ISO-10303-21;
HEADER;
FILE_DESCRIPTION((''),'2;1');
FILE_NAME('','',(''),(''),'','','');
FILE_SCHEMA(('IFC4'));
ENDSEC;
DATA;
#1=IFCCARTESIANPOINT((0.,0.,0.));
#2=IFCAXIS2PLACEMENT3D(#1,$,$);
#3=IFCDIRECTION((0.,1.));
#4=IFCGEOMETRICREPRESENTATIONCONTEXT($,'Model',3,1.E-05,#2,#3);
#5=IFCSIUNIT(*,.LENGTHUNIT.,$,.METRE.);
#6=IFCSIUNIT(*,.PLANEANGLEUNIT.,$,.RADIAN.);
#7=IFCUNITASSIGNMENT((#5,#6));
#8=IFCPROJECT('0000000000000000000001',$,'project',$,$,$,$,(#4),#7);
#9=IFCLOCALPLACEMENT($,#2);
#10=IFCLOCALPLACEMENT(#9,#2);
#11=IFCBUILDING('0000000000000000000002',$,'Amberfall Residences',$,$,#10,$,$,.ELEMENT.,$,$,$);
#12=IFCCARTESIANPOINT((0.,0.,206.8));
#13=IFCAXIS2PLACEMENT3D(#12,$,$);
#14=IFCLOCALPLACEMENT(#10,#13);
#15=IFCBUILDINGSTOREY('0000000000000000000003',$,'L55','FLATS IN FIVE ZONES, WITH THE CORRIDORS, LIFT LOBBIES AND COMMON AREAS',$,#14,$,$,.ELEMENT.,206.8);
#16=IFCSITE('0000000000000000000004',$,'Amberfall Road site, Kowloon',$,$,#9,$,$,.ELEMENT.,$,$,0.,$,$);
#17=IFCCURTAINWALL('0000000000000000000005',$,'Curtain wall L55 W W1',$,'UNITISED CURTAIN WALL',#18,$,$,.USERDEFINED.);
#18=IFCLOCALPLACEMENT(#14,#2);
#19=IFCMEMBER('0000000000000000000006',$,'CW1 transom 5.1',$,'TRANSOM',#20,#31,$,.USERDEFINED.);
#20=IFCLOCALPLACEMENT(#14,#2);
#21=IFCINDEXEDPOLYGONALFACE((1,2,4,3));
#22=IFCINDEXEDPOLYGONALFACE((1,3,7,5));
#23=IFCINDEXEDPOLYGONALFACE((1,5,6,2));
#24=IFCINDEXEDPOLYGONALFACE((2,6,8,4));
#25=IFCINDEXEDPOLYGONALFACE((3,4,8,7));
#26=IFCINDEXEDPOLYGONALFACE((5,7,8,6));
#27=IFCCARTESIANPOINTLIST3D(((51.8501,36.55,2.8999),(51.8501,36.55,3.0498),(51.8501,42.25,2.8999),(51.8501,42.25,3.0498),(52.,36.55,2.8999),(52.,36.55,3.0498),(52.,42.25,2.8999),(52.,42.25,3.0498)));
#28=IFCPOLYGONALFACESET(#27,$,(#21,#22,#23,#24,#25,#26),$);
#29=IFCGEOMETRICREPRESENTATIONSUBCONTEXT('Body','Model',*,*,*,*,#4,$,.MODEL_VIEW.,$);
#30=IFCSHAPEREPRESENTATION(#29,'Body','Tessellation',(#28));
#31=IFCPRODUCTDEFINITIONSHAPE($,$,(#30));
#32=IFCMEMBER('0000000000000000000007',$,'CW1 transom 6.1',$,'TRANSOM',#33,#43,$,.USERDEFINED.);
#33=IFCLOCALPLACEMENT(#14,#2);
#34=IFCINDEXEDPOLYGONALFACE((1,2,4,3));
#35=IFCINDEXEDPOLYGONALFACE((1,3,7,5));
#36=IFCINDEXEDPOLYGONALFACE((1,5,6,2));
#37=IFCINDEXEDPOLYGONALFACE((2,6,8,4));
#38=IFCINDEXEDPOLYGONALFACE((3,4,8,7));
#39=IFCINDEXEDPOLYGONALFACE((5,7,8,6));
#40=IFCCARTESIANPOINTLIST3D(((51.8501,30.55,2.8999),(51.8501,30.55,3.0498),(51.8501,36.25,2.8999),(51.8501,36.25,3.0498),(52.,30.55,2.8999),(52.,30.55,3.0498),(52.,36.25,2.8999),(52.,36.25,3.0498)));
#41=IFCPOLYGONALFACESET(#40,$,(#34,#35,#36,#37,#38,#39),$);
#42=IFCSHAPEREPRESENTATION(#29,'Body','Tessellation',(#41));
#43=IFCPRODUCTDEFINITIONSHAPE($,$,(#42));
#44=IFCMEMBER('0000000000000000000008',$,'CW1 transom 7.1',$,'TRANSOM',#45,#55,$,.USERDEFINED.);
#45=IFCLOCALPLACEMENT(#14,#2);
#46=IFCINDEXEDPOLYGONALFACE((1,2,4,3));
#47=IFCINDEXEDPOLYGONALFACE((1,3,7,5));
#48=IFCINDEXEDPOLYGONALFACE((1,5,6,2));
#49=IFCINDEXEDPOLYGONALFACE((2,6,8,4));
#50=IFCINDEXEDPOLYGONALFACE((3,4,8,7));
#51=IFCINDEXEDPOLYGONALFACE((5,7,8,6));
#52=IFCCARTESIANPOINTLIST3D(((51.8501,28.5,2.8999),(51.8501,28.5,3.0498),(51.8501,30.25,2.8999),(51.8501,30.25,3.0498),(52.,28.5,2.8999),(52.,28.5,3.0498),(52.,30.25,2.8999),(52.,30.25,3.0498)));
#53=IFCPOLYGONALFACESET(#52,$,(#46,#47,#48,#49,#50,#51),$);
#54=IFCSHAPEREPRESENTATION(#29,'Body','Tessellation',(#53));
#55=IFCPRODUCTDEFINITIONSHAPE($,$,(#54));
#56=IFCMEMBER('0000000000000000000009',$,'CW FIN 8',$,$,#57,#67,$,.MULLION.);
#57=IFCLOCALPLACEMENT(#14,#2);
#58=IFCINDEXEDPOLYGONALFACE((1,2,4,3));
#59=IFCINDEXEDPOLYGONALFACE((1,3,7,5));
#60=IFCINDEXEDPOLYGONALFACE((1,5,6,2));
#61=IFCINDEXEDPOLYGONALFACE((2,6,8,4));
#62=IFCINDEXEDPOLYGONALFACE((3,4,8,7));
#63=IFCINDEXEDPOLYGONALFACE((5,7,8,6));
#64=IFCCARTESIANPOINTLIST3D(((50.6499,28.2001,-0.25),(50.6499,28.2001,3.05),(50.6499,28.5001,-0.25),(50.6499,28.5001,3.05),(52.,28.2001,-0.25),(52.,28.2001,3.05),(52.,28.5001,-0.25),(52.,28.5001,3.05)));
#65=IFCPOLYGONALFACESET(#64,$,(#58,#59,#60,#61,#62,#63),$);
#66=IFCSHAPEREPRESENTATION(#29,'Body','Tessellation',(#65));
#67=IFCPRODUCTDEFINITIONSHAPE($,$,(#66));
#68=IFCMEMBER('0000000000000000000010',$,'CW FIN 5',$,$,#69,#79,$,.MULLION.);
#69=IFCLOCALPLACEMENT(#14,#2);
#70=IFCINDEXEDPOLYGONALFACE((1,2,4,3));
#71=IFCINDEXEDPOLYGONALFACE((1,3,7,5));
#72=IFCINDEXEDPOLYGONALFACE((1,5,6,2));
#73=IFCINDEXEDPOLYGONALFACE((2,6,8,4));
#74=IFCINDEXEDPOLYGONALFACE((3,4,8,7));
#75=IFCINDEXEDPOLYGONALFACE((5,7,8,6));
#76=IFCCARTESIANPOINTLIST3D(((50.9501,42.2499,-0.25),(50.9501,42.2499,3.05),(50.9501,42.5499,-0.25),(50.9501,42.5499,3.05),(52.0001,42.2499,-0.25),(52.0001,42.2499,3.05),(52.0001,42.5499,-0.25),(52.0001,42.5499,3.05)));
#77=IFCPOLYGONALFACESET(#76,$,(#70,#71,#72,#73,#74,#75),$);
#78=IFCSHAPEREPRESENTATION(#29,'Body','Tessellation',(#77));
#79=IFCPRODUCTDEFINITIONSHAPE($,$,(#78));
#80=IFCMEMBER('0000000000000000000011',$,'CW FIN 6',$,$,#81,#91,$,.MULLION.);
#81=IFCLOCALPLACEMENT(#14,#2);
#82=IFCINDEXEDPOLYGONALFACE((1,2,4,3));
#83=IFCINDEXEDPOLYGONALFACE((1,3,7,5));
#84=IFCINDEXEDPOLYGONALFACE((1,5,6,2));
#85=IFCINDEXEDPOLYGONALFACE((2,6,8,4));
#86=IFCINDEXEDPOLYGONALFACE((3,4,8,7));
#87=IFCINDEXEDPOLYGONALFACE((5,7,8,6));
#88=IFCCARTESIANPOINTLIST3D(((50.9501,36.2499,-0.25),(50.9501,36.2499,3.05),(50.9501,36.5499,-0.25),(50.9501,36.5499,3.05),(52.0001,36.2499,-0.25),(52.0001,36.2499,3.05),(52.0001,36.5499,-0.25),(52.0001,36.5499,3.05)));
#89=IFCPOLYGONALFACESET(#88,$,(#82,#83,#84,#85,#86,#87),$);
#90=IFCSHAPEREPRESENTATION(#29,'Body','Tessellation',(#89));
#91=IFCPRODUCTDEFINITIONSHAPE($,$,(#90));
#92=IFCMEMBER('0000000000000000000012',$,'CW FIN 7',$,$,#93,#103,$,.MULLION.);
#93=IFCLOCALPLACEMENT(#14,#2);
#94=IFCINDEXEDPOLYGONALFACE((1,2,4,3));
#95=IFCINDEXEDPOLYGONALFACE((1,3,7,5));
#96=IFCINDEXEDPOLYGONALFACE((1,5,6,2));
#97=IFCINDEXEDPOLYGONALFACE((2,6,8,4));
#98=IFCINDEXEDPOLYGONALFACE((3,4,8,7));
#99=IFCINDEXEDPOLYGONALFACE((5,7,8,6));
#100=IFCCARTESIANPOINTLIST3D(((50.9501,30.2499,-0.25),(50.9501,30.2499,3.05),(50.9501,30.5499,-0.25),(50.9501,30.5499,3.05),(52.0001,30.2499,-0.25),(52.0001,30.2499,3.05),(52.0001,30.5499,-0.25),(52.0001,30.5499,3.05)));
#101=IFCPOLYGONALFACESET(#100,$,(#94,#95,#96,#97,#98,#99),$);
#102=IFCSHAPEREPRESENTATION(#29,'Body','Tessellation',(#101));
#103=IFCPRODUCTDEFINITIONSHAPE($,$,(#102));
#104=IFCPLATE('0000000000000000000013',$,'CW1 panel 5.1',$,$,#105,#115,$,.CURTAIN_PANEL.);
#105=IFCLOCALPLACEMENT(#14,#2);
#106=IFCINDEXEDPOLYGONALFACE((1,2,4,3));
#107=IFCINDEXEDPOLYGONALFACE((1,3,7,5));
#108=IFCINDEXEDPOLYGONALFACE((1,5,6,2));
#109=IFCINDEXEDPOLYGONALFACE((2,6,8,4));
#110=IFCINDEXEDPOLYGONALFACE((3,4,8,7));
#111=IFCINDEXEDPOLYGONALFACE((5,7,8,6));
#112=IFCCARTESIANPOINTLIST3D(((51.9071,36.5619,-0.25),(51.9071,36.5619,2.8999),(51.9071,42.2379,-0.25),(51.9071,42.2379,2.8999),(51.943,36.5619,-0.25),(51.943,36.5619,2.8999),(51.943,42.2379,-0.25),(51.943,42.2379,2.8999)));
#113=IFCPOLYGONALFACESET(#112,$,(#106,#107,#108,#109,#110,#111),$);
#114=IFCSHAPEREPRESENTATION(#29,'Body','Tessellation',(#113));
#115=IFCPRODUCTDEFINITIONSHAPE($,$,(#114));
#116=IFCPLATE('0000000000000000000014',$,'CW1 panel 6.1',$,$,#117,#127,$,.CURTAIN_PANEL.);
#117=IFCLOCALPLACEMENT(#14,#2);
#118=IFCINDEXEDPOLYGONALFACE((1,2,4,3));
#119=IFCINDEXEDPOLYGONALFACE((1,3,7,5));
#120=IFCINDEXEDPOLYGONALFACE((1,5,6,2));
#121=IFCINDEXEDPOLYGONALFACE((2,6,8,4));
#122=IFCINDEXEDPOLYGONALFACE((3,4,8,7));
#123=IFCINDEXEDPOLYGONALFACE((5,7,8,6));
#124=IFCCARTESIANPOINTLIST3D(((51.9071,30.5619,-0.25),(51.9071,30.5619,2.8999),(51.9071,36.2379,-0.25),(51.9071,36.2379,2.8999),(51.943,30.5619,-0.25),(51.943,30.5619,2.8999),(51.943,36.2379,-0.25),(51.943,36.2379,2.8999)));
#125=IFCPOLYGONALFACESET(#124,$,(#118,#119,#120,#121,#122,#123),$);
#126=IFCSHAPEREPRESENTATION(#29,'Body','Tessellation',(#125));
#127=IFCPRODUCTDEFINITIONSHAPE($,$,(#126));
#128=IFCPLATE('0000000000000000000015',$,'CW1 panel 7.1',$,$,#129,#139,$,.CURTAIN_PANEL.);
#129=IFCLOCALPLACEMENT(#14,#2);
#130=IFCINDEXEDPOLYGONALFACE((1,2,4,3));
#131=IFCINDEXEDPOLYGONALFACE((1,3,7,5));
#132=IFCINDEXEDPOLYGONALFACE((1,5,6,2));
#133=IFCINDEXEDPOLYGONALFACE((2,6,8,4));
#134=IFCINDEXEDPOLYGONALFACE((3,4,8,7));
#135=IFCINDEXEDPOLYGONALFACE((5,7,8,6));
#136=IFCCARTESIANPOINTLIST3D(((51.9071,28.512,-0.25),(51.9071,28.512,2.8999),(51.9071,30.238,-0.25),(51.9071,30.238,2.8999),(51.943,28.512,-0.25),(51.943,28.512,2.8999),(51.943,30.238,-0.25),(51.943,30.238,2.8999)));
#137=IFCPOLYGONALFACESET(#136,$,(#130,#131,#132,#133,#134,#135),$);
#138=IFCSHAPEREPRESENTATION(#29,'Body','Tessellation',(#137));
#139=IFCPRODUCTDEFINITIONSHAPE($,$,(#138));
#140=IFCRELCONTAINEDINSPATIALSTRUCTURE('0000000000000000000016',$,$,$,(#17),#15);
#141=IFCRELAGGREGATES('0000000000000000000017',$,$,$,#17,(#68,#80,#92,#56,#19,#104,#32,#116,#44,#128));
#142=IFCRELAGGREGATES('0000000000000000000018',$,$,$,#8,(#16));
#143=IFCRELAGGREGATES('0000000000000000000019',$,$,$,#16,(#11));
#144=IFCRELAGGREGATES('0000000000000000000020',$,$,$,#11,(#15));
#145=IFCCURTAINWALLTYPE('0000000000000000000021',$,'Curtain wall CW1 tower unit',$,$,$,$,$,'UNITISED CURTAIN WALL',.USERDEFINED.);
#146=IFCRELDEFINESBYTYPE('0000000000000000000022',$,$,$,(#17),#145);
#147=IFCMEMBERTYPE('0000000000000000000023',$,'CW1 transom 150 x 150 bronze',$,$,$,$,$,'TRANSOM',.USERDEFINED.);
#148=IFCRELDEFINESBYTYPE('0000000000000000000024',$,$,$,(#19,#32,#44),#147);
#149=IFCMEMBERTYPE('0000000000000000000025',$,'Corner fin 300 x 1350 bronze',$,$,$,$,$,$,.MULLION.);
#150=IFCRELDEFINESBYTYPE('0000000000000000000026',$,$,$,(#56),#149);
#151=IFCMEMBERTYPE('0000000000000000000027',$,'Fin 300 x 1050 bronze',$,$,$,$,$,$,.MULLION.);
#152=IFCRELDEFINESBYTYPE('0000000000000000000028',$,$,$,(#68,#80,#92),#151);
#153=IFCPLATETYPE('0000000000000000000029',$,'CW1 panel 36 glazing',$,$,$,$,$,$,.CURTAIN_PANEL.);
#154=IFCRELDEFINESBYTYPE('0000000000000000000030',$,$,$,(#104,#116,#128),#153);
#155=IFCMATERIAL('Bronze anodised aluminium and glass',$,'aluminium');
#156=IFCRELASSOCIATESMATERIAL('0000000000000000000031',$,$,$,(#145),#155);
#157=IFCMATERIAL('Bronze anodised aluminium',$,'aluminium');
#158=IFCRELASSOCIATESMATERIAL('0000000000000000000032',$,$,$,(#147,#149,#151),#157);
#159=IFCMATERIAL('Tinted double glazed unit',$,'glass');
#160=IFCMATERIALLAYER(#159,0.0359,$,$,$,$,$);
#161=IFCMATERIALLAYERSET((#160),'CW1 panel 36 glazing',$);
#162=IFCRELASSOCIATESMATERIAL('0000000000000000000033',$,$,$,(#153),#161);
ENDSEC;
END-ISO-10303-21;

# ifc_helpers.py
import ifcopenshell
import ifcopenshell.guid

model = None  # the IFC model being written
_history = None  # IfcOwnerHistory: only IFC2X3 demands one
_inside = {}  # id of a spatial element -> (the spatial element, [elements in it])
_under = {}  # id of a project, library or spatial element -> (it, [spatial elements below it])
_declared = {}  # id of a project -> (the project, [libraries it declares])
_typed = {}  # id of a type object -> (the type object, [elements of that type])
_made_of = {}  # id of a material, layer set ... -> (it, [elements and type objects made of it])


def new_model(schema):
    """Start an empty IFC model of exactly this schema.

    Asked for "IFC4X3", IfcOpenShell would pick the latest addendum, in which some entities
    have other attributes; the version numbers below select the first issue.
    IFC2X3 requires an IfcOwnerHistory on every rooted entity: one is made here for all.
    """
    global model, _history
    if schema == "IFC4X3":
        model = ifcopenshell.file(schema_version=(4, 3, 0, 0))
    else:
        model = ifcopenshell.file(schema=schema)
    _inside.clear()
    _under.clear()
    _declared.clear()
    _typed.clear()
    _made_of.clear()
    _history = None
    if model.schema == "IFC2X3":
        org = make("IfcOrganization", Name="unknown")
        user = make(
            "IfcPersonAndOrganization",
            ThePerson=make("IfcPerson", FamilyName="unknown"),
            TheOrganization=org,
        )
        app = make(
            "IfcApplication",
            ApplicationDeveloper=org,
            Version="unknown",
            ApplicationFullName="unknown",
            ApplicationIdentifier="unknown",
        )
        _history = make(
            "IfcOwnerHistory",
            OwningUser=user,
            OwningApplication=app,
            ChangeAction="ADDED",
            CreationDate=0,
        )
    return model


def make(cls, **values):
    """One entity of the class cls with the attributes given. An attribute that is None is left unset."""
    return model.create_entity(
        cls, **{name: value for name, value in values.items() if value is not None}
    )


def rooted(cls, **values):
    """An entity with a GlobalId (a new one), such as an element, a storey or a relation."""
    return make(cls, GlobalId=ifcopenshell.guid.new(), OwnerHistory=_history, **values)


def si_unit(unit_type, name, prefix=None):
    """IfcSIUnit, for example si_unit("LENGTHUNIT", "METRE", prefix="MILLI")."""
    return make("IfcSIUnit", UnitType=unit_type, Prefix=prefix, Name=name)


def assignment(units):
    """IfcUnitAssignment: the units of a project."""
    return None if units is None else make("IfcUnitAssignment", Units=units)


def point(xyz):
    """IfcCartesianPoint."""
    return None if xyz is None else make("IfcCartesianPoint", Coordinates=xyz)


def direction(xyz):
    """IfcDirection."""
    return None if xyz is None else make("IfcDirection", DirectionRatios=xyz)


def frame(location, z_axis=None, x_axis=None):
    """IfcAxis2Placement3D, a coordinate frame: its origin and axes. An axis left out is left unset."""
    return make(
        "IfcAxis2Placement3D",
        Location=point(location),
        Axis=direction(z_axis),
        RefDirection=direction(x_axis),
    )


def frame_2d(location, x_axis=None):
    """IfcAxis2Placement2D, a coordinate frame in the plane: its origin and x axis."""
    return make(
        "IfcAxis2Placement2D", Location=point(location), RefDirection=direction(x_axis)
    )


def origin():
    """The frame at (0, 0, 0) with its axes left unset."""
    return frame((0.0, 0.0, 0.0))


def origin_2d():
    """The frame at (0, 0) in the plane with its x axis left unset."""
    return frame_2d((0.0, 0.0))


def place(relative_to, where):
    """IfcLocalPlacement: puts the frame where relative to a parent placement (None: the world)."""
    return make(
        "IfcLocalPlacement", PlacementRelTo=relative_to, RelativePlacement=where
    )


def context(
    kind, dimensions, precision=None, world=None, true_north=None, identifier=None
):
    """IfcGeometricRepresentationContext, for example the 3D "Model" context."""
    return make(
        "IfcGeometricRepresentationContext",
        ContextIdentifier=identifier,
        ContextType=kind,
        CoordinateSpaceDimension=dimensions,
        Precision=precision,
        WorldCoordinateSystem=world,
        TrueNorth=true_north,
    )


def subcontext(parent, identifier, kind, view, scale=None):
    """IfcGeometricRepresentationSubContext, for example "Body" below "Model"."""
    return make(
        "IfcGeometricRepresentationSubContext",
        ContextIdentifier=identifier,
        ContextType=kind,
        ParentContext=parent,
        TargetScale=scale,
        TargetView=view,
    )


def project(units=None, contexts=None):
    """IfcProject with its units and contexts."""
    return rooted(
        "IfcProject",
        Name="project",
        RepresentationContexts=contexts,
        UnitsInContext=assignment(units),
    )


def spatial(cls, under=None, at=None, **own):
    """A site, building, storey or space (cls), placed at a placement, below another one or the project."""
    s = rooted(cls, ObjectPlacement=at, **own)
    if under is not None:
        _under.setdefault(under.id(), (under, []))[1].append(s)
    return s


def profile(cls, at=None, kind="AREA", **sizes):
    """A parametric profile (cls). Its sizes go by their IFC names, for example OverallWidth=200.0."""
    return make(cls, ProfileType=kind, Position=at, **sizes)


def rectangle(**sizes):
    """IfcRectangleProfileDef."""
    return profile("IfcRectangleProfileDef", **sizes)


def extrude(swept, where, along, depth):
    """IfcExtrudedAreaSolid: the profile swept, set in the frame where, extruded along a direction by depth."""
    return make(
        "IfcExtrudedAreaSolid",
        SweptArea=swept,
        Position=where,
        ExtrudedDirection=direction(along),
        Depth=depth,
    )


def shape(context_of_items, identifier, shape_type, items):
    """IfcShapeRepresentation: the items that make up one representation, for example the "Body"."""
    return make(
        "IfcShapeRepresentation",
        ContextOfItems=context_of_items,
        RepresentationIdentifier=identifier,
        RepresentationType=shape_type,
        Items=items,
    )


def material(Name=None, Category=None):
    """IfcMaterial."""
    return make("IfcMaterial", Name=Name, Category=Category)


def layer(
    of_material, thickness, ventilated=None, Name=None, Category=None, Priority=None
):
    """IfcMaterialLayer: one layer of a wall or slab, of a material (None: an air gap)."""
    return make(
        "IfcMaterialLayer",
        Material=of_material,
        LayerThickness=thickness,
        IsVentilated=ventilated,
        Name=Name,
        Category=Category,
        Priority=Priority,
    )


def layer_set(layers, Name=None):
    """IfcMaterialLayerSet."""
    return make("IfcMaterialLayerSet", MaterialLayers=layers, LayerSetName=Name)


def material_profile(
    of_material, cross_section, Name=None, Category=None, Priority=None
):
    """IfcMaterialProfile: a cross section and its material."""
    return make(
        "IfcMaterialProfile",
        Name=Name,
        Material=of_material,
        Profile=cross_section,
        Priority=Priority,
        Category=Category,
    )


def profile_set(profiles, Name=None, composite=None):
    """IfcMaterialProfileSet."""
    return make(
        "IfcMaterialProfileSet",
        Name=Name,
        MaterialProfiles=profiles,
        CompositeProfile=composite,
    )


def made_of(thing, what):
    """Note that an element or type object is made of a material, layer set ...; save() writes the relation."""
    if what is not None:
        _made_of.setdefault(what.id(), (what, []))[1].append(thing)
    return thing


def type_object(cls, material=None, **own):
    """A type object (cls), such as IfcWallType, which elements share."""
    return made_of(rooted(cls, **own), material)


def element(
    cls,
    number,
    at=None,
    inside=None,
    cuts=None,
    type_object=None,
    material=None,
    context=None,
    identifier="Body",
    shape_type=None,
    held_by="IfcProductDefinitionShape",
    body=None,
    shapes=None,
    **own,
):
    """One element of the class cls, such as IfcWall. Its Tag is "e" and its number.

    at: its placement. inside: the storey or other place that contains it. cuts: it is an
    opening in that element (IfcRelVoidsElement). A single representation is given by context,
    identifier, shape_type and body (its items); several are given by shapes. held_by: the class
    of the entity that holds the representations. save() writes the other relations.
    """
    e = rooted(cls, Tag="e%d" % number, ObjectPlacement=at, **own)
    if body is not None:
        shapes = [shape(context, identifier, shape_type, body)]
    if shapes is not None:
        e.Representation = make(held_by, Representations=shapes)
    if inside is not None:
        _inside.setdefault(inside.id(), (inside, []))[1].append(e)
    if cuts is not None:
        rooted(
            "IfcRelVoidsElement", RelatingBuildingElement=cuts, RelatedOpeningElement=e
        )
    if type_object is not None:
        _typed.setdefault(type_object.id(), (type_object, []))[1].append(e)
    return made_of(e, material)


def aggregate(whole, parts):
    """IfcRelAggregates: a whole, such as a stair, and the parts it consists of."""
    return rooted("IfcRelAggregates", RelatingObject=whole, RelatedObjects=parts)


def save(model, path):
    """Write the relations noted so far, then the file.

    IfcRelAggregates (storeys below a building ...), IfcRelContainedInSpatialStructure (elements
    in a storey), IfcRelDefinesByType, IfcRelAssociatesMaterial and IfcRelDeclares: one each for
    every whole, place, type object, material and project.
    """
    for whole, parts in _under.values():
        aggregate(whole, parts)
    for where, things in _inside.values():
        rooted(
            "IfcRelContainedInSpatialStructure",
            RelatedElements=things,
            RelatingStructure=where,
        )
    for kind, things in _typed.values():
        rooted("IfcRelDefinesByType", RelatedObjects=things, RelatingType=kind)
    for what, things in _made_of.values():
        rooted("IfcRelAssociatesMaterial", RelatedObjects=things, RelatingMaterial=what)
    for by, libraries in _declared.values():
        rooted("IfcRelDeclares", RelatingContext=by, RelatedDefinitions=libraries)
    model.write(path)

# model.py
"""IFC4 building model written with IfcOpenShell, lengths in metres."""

from ifc_helpers import new_model, si_unit, direction, frame, origin, origin_2d, place, context, subcontext, project, spatial, rectangle, extrude, material, layer, layer_set, material_profile, profile_set, type_object, element, aggregate, save


model = new_model("IFC4")

# Units and contexts
model_context = context("Model", 3, precision=1e-05, world=origin(), true_north=direction((0.0, 1.0)))
body_context = subcontext(model_context, "Body", "Model", "MODEL_VIEW")
ifc_project = project(units=[si_unit("LENGTHUNIT", "METRE"), si_unit("PLANEANGLEUNIT", "RADIAN")], contexts=[model_context])

# Site, building, storey
site_placement = place(None, origin())
site = spatial("IfcSite", under=ifc_project, at=site_placement, Name="Amberfall Road site, Kowloon", CompositionType="ELEMENT", RefElevation=0.0)
building_placement = place(site_placement, origin())
building = spatial("IfcBuilding", under=site, at=building_placement, Name="Amberfall Residences", CompositionType="ELEMENT")
storey_placement = place(building_placement, frame((0.0, 0.0, 206.8)))
storey = spatial("IfcBuildingStorey", under=building, at=storey_placement, Name="L55", Description="FLATS IN FIVE ZONES, WITH THE CORRIDORS, LIFT LOBBIES AND COMMON AREAS", CompositionType="ELEMENT", Elevation=206.8)

# Curtain wall, members, plates
ifc_material_1 = material(Name="Bronze anodised aluminium and glass", Category="aluminium")
curtain_wall_type = type_object("IfcCurtainWallType", Name="Curtain wall CW1 tower unit", ElementType="UNITISED CURTAIN WALL", PredefinedType="USERDEFINED", material=ifc_material_1)
curtain_wall_placement = place(storey_placement, origin())
curtain_wall = element("IfcCurtainWall", 1, at=curtain_wall_placement, inside=storey, type_object=curtain_wall_type, Name="Curtain wall L55 W W1", ObjectType="UNITISED CURTAIN WALL", PredefinedType="USERDEFINED")
ifc_material_2 = material(Name="Bronze anodised aluminium", Category="aluminium")
ifc_material_profile_1 = material_profile(ifc_material_2, rectangle(XDim=0.1499, YDim=0.1499, at=origin_2d()), Name="CW1 transom 150 x 150 bronze")
ifc_profile_set_1 = profile_set([ifc_material_profile_1], Name="Bronze anodised aluminium")
member_type_1 = type_object("IfcMemberType", Name="CW1 transom 150 x 150 bronze", ElementType="TRANSOM", PredefinedType="USERDEFINED", material=ifc_profile_set_1)
member_1_placement = place(storey_placement, frame((51.925, 42.25, 2.9749), z_axis=(0.0, -1.0, 0.0), x_axis=(1.0, 0.0, 0.0)))
member_1 = element("IfcMember", 2, at=member_1_placement, type_object=member_type_1, Name="CW1 transom 5.1", ObjectType="TRANSOM", PredefinedType="USERDEFINED", context=body_context, shape_type="SweptSolid", body=[
    extrude(rectangle(XDim=0.1499, YDim=0.1499, at=origin_2d()), origin(), (0.0, 0.0, 1.0), 5.7),
])
member_2_placement = place(storey_placement, frame((51.925, 36.25, 2.9749), z_axis=(0.0, -1.0, 0.0), x_axis=(1.0, 0.0, 0.0)))
member_2 = element("IfcMember", 3, at=member_2_placement, type_object=member_type_1, Name="CW1 transom 6.1", ObjectType="TRANSOM", PredefinedType="USERDEFINED", context=body_context, shape_type="SweptSolid", body=[
    extrude(rectangle(XDim=0.1499, YDim=0.1499, at=origin_2d()), origin(), (0.0, 0.0, 1.0), 5.7),
])
member_3_placement = place(storey_placement, frame((51.925, 30.25, 2.9749), z_axis=(0.0, -1.0, 0.0), x_axis=(1.0, 0.0, 0.0)))
member_3 = element("IfcMember", 4, at=member_3_placement, type_object=member_type_1, Name="CW1 transom 7.1", ObjectType="TRANSOM", PredefinedType="USERDEFINED", context=body_context, shape_type="SweptSolid", body=[
    extrude(rectangle(XDim=0.1499, YDim=0.1499, at=origin_2d()), origin(), (0.0, 0.0, 1.0), 1.75),
])
ifc_material_profile_2 = material_profile(ifc_material_2, rectangle(XDim=1.3501, YDim=0.3, at=origin_2d()), Name="Corner fin 300 x 1350 bronze")
ifc_profile_set_2 = profile_set([ifc_material_profile_2], Name="Bronze anodised aluminium")
member_type_2 = type_object("IfcMemberType", Name="Corner fin 300 x 1350 bronze", PredefinedType="MULLION", material=ifc_profile_set_2)
member_4_placement = place(storey_placement, frame((51.325, 28.3501, -0.25), z_axis=(0.0, 0.0, 1.0), x_axis=(1.0, 0.0, 0.0)))
member_4 = element("IfcMember", 5, at=member_4_placement, type_object=member_type_2, Name="CW FIN 8", PredefinedType="MULLION", context=body_context, shape_type="SweptSolid", body=[
    extrude(rectangle(XDim=1.3501, YDim=0.3, at=origin_2d()), origin(), (0.0, 0.0, 1.0), 3.3),
])
ifc_material_profile_3 = material_profile(ifc_material_2, rectangle(XDim=1.05, YDim=0.3, at=origin_2d()), Name="Fin 300 x 1050 bronze")
ifc_profile_set_3 = profile_set([ifc_material_profile_3], Name="Bronze anodised aluminium")
member_type_3 = type_object("IfcMemberType", Name="Fin 300 x 1050 bronze", PredefinedType="MULLION", material=ifc_profile_set_3)
member_5_placement = place(storey_placement, frame((51.4751, 42.3999, -0.25), z_axis=(0.0, 0.0, 1.0), x_axis=(1.0, 0.0, 0.0)))
member_5 = element("IfcMember", 6, at=member_5_placement, type_object=member_type_3, Name="CW FIN 5", PredefinedType="MULLION", context=body_context, shape_type="SweptSolid", body=[
    extrude(rectangle(XDim=1.05, YDim=0.3, at=origin_2d()), origin(), (0.0, 0.0, 1.0), 3.3),
])
member_6_placement = place(storey_placement, frame((51.4751, 36.3999, -0.25), z_axis=(0.0, 0.0, 1.0), x_axis=(1.0, 0.0, 0.0)))
member_6 = element("IfcMember", 7, at=member_6_placement, type_object=member_type_3, Name="CW FIN 6", PredefinedType="MULLION", context=body_context, shape_type="SweptSolid", body=[
    extrude(rectangle(XDim=1.05, YDim=0.3, at=origin_2d()), origin(), (0.0, 0.0, 1.0), 3.3),
])
member_7_placement = place(storey_placement, frame((51.4751, 30.3999, -0.25), z_axis=(0.0, 0.0, 1.0), x_axis=(1.0, 0.0, 0.0)))
member_7 = element("IfcMember", 8, at=member_7_placement, type_object=member_type_3, Name="CW FIN 7", PredefinedType="MULLION", context=body_context, shape_type="SweptSolid", body=[
    extrude(rectangle(XDim=1.05, YDim=0.3, at=origin_2d()), origin(), (0.0, 0.0, 1.0), 3.3),
])
ifc_material_3 = material(Name="Tinted double glazed unit", Category="glass")
ifc_layer_1 = layer(ifc_material_3, 0.0359)
ifc_layer_set_1 = layer_set([ifc_layer_1], Name="CW1 panel 36 glazing")
plate_type = type_object("IfcPlateType", Name="CW1 panel 36 glazing", PredefinedType="CURTAIN_PANEL", material=ifc_layer_set_1)
plate_1_placement = place(storey_placement, frame((51.925, 39.3999, -0.25), z_axis=(0.0, 0.0, 1.0), x_axis=(0.0, -1.0, 0.0)))
plate_1 = element("IfcPlate", 9, at=plate_1_placement, type_object=plate_type, Name="CW1 panel 5.1", PredefinedType="CURTAIN_PANEL", context=body_context, shape_type="SweptSolid", body=[
    extrude(rectangle(XDim=5.676, YDim=0.0359, at=origin_2d()), origin(), (0.0, 0.0, 1.0), 3.1499),
])
plate_2_placement = place(storey_placement, frame((51.925, 33.3999, -0.25), z_axis=(0.0, 0.0, 1.0), x_axis=(0.0, -1.0, 0.0)))
plate_2 = element("IfcPlate", 10, at=plate_2_placement, type_object=plate_type, Name="CW1 panel 6.1", PredefinedType="CURTAIN_PANEL", context=body_context, shape_type="SweptSolid", body=[
    extrude(rectangle(XDim=5.676, YDim=0.0359, at=origin_2d()), origin(), (0.0, 0.0, 1.0), 3.1499),
])
plate_3_placement = place(storey_placement, frame((51.925, 29.375, -0.25), z_axis=(0.0, 0.0, 1.0), x_axis=(0.0, -1.0, 0.0)))
plate_3 = element("IfcPlate", 11, at=plate_3_placement, type_object=plate_type, Name="CW1 panel 7.1", PredefinedType="CURTAIN_PANEL", context=body_context, shape_type="SweptSolid", body=[
    extrude(rectangle(XDim=1.7261, YDim=0.0359, at=origin_2d()), origin(), (0.0, 0.0, 1.0), 3.1499),
])
aggregate(curtain_wall, [member_5, member_6, member_7, member_4, member_1, plate_1, member_2, plate_2, member_3, plate_3])

save(model, "model.ifc")
